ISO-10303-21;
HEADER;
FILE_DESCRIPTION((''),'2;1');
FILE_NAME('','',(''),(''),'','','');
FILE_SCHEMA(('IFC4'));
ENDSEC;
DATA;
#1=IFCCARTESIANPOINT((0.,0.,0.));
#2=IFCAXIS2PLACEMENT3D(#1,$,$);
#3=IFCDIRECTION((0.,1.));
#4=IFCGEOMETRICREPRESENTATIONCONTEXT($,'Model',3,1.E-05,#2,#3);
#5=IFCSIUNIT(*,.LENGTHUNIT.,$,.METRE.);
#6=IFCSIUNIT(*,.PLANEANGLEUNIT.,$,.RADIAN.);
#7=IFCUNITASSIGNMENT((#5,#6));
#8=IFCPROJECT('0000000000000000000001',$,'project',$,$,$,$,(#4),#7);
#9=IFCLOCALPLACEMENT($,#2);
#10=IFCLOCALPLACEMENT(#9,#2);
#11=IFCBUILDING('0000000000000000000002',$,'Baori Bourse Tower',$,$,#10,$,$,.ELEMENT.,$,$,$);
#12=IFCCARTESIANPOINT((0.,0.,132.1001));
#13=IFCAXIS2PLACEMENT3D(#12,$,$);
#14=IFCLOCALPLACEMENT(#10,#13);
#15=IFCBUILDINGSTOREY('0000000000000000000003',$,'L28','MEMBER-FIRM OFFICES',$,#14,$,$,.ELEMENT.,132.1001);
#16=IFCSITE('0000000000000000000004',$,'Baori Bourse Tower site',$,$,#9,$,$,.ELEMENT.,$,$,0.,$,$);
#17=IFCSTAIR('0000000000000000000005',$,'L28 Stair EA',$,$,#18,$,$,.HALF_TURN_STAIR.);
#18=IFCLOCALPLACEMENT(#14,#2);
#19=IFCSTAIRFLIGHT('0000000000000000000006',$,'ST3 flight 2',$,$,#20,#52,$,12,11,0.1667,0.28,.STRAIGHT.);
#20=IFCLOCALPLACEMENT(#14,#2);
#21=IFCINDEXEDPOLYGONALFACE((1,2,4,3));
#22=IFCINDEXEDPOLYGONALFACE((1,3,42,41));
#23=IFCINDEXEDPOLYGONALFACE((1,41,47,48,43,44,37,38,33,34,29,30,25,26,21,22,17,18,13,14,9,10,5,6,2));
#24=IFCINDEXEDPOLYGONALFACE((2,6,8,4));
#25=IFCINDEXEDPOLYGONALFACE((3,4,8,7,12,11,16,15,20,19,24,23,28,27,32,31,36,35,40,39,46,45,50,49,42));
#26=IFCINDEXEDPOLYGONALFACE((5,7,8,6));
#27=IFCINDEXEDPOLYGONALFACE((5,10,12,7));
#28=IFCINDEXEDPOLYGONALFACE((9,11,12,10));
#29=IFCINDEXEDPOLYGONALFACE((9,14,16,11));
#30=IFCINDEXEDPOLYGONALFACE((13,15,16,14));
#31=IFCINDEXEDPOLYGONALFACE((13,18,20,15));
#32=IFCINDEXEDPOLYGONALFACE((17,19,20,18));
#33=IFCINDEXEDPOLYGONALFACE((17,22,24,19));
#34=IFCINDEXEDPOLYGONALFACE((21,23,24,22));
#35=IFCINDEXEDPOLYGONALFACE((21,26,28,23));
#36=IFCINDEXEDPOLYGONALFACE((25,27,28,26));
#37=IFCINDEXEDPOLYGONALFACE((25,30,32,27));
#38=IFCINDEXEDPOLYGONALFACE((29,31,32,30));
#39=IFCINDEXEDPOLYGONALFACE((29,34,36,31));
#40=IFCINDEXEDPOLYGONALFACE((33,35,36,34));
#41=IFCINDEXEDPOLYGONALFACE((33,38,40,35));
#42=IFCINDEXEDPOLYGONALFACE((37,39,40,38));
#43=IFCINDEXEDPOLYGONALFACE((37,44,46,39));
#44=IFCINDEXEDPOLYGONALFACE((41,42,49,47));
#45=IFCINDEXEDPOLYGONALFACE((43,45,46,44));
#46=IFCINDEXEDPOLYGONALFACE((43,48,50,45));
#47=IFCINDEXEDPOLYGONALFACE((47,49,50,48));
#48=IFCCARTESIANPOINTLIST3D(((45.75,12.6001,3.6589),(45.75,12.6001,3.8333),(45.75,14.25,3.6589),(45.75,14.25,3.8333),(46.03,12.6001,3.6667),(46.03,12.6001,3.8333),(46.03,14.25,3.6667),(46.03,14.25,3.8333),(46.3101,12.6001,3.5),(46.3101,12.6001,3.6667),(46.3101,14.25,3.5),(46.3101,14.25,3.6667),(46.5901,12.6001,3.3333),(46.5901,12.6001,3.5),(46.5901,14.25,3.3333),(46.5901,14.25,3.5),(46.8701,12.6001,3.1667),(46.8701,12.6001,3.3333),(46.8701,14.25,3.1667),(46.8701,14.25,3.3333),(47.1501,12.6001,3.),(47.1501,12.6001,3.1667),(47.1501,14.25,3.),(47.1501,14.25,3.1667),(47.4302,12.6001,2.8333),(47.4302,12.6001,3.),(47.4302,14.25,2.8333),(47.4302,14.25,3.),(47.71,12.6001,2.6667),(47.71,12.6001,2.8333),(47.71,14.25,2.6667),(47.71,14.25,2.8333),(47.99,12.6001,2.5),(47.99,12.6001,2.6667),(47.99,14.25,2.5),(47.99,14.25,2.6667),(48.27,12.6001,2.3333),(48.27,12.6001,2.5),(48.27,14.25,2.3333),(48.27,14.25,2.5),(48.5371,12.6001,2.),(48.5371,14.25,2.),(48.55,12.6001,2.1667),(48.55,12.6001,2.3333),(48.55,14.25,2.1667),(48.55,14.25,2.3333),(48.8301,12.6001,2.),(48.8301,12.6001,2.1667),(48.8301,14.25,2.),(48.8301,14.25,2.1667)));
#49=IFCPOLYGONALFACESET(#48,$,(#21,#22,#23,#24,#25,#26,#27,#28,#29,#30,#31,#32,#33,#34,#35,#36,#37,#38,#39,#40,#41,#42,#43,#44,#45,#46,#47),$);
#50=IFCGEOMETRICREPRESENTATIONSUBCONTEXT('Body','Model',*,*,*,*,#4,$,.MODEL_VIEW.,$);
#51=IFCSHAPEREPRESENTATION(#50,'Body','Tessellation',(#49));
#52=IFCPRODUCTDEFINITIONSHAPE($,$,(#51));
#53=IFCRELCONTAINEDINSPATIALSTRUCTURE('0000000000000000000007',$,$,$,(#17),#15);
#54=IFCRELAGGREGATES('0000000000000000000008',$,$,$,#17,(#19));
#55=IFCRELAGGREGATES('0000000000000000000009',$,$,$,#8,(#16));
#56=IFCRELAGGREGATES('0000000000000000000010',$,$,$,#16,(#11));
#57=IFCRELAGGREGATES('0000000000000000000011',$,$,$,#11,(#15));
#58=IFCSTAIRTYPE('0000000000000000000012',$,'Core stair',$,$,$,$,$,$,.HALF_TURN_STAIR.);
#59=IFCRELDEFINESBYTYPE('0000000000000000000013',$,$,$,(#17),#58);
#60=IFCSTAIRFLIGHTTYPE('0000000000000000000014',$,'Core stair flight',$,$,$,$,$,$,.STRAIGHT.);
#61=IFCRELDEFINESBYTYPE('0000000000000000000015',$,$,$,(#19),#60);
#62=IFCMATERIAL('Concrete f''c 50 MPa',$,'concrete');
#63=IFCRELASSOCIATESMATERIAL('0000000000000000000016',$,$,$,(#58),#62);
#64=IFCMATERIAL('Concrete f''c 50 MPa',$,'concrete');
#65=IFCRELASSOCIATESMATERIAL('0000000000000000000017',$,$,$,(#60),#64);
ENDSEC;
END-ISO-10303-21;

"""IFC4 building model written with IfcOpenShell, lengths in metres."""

from ifc_helpers import new_model, si_unit, direction, frame, origin, place, context, subcontext, project, spatial, polyline, outline, extrude, material, type_object, element, aggregate, save


model = new_model("IFC4")

# Units and contexts
model_context = context("Model", 3, precision=1e-05, world=origin(), true_north=direction((0.0, 1.0)))
body_context = subcontext(model_context, "Body", "Model", "MODEL_VIEW")
ifc_project = project(units=[si_unit("LENGTHUNIT", "METRE"), si_unit("PLANEANGLEUNIT", "RADIAN")], contexts=[model_context])

# Site, building, storey
site_placement = place(None, origin())
site = spatial("IfcSite", under=ifc_project, at=site_placement, Name="Baori Bourse Tower site", CompositionType="ELEMENT", RefElevation=0.0)
building_placement = place(site_placement, origin())
building = spatial("IfcBuilding", under=site, at=building_placement, Name="Baori Bourse Tower", CompositionType="ELEMENT")
storey_placement = place(building_placement, frame((0.0, 0.0, 132.1001)))
storey = spatial("IfcBuildingStorey", under=building, at=storey_placement, Name="L28", Description="MEMBER-FIRM OFFICES", CompositionType="ELEMENT", Elevation=132.1001)

# Stair, stair flight
ifc_material_1 = material(Name="Concrete f'c 50 MPa", Category="concrete")
stair_type = type_object("IfcStairType", Name="Core stair", PredefinedType="HALF_TURN_STAIR", material=ifc_material_1)
stair_placement = place(storey_placement, origin())
stair = element("IfcStair", 1, at=stair_placement, inside=storey, type_object=stair_type, Name="L28 Stair EA", PredefinedType="HALF_TURN_STAIR")
ifc_material_2 = material(Name="Concrete f'c 50 MPa", Category="concrete")
stair_flight_type = type_object("IfcStairFlightType", Name="Core stair flight", PredefinedType="STRAIGHT", material=ifc_material_2)
stair_flight_1_placement = place(storey_placement, frame((48.8301, 13.425, 2.0), z_axis=(0.0, 0.0, 1.0), x_axis=(-1.0, 0.0, 0.0)))
stair_flight_1 = element("IfcStairFlight", 2, at=stair_flight_1_placement, type_object=stair_flight_type, Name="ST3 flight 2", NumberOfRisers=12, NumberOfTreads=11, PredefinedType="STRAIGHT", RiserHeight=0.1667, TreadLength=0.28, context=body_context, shape_type="SweptSolid", body=[
    extrude(outline(polyline([(0.0, 0.0), (0.0, 0.1667), (0.28, 0.1667), (0.28, 0.3333), (0.5601, 0.3333), (0.5601, 0.5), (0.8401, 0.5), (0.8401, 0.6667), (1.1201, 0.6667), (1.1201, 0.8333), (1.3999, 0.8333), (1.3999, 1.0), (1.6799, 1.0), (1.6799, 1.1667), (1.96, 1.1667), (1.96, 1.3333), (2.24, 1.3333), (2.24, 1.5), (2.52, 1.5), (2.52, 1.6667), (2.8, 1.6667), (2.8, 1.8333), (3.0801, 1.8333), (3.0801, 2.0), (3.0801, 1.6589), (0.293, 0.0), (0.0, 0.0)])), frame((0.0, 0.825, 0.0), z_axis=(0.0, -1.0, 0.0), x_axis=(1.0, 0.0, 0.0)), (0.0, 0.0, 1.0), 1.6499),
])
aggregate(stair, [stair_flight_1])

save(model, "model.ifc")
